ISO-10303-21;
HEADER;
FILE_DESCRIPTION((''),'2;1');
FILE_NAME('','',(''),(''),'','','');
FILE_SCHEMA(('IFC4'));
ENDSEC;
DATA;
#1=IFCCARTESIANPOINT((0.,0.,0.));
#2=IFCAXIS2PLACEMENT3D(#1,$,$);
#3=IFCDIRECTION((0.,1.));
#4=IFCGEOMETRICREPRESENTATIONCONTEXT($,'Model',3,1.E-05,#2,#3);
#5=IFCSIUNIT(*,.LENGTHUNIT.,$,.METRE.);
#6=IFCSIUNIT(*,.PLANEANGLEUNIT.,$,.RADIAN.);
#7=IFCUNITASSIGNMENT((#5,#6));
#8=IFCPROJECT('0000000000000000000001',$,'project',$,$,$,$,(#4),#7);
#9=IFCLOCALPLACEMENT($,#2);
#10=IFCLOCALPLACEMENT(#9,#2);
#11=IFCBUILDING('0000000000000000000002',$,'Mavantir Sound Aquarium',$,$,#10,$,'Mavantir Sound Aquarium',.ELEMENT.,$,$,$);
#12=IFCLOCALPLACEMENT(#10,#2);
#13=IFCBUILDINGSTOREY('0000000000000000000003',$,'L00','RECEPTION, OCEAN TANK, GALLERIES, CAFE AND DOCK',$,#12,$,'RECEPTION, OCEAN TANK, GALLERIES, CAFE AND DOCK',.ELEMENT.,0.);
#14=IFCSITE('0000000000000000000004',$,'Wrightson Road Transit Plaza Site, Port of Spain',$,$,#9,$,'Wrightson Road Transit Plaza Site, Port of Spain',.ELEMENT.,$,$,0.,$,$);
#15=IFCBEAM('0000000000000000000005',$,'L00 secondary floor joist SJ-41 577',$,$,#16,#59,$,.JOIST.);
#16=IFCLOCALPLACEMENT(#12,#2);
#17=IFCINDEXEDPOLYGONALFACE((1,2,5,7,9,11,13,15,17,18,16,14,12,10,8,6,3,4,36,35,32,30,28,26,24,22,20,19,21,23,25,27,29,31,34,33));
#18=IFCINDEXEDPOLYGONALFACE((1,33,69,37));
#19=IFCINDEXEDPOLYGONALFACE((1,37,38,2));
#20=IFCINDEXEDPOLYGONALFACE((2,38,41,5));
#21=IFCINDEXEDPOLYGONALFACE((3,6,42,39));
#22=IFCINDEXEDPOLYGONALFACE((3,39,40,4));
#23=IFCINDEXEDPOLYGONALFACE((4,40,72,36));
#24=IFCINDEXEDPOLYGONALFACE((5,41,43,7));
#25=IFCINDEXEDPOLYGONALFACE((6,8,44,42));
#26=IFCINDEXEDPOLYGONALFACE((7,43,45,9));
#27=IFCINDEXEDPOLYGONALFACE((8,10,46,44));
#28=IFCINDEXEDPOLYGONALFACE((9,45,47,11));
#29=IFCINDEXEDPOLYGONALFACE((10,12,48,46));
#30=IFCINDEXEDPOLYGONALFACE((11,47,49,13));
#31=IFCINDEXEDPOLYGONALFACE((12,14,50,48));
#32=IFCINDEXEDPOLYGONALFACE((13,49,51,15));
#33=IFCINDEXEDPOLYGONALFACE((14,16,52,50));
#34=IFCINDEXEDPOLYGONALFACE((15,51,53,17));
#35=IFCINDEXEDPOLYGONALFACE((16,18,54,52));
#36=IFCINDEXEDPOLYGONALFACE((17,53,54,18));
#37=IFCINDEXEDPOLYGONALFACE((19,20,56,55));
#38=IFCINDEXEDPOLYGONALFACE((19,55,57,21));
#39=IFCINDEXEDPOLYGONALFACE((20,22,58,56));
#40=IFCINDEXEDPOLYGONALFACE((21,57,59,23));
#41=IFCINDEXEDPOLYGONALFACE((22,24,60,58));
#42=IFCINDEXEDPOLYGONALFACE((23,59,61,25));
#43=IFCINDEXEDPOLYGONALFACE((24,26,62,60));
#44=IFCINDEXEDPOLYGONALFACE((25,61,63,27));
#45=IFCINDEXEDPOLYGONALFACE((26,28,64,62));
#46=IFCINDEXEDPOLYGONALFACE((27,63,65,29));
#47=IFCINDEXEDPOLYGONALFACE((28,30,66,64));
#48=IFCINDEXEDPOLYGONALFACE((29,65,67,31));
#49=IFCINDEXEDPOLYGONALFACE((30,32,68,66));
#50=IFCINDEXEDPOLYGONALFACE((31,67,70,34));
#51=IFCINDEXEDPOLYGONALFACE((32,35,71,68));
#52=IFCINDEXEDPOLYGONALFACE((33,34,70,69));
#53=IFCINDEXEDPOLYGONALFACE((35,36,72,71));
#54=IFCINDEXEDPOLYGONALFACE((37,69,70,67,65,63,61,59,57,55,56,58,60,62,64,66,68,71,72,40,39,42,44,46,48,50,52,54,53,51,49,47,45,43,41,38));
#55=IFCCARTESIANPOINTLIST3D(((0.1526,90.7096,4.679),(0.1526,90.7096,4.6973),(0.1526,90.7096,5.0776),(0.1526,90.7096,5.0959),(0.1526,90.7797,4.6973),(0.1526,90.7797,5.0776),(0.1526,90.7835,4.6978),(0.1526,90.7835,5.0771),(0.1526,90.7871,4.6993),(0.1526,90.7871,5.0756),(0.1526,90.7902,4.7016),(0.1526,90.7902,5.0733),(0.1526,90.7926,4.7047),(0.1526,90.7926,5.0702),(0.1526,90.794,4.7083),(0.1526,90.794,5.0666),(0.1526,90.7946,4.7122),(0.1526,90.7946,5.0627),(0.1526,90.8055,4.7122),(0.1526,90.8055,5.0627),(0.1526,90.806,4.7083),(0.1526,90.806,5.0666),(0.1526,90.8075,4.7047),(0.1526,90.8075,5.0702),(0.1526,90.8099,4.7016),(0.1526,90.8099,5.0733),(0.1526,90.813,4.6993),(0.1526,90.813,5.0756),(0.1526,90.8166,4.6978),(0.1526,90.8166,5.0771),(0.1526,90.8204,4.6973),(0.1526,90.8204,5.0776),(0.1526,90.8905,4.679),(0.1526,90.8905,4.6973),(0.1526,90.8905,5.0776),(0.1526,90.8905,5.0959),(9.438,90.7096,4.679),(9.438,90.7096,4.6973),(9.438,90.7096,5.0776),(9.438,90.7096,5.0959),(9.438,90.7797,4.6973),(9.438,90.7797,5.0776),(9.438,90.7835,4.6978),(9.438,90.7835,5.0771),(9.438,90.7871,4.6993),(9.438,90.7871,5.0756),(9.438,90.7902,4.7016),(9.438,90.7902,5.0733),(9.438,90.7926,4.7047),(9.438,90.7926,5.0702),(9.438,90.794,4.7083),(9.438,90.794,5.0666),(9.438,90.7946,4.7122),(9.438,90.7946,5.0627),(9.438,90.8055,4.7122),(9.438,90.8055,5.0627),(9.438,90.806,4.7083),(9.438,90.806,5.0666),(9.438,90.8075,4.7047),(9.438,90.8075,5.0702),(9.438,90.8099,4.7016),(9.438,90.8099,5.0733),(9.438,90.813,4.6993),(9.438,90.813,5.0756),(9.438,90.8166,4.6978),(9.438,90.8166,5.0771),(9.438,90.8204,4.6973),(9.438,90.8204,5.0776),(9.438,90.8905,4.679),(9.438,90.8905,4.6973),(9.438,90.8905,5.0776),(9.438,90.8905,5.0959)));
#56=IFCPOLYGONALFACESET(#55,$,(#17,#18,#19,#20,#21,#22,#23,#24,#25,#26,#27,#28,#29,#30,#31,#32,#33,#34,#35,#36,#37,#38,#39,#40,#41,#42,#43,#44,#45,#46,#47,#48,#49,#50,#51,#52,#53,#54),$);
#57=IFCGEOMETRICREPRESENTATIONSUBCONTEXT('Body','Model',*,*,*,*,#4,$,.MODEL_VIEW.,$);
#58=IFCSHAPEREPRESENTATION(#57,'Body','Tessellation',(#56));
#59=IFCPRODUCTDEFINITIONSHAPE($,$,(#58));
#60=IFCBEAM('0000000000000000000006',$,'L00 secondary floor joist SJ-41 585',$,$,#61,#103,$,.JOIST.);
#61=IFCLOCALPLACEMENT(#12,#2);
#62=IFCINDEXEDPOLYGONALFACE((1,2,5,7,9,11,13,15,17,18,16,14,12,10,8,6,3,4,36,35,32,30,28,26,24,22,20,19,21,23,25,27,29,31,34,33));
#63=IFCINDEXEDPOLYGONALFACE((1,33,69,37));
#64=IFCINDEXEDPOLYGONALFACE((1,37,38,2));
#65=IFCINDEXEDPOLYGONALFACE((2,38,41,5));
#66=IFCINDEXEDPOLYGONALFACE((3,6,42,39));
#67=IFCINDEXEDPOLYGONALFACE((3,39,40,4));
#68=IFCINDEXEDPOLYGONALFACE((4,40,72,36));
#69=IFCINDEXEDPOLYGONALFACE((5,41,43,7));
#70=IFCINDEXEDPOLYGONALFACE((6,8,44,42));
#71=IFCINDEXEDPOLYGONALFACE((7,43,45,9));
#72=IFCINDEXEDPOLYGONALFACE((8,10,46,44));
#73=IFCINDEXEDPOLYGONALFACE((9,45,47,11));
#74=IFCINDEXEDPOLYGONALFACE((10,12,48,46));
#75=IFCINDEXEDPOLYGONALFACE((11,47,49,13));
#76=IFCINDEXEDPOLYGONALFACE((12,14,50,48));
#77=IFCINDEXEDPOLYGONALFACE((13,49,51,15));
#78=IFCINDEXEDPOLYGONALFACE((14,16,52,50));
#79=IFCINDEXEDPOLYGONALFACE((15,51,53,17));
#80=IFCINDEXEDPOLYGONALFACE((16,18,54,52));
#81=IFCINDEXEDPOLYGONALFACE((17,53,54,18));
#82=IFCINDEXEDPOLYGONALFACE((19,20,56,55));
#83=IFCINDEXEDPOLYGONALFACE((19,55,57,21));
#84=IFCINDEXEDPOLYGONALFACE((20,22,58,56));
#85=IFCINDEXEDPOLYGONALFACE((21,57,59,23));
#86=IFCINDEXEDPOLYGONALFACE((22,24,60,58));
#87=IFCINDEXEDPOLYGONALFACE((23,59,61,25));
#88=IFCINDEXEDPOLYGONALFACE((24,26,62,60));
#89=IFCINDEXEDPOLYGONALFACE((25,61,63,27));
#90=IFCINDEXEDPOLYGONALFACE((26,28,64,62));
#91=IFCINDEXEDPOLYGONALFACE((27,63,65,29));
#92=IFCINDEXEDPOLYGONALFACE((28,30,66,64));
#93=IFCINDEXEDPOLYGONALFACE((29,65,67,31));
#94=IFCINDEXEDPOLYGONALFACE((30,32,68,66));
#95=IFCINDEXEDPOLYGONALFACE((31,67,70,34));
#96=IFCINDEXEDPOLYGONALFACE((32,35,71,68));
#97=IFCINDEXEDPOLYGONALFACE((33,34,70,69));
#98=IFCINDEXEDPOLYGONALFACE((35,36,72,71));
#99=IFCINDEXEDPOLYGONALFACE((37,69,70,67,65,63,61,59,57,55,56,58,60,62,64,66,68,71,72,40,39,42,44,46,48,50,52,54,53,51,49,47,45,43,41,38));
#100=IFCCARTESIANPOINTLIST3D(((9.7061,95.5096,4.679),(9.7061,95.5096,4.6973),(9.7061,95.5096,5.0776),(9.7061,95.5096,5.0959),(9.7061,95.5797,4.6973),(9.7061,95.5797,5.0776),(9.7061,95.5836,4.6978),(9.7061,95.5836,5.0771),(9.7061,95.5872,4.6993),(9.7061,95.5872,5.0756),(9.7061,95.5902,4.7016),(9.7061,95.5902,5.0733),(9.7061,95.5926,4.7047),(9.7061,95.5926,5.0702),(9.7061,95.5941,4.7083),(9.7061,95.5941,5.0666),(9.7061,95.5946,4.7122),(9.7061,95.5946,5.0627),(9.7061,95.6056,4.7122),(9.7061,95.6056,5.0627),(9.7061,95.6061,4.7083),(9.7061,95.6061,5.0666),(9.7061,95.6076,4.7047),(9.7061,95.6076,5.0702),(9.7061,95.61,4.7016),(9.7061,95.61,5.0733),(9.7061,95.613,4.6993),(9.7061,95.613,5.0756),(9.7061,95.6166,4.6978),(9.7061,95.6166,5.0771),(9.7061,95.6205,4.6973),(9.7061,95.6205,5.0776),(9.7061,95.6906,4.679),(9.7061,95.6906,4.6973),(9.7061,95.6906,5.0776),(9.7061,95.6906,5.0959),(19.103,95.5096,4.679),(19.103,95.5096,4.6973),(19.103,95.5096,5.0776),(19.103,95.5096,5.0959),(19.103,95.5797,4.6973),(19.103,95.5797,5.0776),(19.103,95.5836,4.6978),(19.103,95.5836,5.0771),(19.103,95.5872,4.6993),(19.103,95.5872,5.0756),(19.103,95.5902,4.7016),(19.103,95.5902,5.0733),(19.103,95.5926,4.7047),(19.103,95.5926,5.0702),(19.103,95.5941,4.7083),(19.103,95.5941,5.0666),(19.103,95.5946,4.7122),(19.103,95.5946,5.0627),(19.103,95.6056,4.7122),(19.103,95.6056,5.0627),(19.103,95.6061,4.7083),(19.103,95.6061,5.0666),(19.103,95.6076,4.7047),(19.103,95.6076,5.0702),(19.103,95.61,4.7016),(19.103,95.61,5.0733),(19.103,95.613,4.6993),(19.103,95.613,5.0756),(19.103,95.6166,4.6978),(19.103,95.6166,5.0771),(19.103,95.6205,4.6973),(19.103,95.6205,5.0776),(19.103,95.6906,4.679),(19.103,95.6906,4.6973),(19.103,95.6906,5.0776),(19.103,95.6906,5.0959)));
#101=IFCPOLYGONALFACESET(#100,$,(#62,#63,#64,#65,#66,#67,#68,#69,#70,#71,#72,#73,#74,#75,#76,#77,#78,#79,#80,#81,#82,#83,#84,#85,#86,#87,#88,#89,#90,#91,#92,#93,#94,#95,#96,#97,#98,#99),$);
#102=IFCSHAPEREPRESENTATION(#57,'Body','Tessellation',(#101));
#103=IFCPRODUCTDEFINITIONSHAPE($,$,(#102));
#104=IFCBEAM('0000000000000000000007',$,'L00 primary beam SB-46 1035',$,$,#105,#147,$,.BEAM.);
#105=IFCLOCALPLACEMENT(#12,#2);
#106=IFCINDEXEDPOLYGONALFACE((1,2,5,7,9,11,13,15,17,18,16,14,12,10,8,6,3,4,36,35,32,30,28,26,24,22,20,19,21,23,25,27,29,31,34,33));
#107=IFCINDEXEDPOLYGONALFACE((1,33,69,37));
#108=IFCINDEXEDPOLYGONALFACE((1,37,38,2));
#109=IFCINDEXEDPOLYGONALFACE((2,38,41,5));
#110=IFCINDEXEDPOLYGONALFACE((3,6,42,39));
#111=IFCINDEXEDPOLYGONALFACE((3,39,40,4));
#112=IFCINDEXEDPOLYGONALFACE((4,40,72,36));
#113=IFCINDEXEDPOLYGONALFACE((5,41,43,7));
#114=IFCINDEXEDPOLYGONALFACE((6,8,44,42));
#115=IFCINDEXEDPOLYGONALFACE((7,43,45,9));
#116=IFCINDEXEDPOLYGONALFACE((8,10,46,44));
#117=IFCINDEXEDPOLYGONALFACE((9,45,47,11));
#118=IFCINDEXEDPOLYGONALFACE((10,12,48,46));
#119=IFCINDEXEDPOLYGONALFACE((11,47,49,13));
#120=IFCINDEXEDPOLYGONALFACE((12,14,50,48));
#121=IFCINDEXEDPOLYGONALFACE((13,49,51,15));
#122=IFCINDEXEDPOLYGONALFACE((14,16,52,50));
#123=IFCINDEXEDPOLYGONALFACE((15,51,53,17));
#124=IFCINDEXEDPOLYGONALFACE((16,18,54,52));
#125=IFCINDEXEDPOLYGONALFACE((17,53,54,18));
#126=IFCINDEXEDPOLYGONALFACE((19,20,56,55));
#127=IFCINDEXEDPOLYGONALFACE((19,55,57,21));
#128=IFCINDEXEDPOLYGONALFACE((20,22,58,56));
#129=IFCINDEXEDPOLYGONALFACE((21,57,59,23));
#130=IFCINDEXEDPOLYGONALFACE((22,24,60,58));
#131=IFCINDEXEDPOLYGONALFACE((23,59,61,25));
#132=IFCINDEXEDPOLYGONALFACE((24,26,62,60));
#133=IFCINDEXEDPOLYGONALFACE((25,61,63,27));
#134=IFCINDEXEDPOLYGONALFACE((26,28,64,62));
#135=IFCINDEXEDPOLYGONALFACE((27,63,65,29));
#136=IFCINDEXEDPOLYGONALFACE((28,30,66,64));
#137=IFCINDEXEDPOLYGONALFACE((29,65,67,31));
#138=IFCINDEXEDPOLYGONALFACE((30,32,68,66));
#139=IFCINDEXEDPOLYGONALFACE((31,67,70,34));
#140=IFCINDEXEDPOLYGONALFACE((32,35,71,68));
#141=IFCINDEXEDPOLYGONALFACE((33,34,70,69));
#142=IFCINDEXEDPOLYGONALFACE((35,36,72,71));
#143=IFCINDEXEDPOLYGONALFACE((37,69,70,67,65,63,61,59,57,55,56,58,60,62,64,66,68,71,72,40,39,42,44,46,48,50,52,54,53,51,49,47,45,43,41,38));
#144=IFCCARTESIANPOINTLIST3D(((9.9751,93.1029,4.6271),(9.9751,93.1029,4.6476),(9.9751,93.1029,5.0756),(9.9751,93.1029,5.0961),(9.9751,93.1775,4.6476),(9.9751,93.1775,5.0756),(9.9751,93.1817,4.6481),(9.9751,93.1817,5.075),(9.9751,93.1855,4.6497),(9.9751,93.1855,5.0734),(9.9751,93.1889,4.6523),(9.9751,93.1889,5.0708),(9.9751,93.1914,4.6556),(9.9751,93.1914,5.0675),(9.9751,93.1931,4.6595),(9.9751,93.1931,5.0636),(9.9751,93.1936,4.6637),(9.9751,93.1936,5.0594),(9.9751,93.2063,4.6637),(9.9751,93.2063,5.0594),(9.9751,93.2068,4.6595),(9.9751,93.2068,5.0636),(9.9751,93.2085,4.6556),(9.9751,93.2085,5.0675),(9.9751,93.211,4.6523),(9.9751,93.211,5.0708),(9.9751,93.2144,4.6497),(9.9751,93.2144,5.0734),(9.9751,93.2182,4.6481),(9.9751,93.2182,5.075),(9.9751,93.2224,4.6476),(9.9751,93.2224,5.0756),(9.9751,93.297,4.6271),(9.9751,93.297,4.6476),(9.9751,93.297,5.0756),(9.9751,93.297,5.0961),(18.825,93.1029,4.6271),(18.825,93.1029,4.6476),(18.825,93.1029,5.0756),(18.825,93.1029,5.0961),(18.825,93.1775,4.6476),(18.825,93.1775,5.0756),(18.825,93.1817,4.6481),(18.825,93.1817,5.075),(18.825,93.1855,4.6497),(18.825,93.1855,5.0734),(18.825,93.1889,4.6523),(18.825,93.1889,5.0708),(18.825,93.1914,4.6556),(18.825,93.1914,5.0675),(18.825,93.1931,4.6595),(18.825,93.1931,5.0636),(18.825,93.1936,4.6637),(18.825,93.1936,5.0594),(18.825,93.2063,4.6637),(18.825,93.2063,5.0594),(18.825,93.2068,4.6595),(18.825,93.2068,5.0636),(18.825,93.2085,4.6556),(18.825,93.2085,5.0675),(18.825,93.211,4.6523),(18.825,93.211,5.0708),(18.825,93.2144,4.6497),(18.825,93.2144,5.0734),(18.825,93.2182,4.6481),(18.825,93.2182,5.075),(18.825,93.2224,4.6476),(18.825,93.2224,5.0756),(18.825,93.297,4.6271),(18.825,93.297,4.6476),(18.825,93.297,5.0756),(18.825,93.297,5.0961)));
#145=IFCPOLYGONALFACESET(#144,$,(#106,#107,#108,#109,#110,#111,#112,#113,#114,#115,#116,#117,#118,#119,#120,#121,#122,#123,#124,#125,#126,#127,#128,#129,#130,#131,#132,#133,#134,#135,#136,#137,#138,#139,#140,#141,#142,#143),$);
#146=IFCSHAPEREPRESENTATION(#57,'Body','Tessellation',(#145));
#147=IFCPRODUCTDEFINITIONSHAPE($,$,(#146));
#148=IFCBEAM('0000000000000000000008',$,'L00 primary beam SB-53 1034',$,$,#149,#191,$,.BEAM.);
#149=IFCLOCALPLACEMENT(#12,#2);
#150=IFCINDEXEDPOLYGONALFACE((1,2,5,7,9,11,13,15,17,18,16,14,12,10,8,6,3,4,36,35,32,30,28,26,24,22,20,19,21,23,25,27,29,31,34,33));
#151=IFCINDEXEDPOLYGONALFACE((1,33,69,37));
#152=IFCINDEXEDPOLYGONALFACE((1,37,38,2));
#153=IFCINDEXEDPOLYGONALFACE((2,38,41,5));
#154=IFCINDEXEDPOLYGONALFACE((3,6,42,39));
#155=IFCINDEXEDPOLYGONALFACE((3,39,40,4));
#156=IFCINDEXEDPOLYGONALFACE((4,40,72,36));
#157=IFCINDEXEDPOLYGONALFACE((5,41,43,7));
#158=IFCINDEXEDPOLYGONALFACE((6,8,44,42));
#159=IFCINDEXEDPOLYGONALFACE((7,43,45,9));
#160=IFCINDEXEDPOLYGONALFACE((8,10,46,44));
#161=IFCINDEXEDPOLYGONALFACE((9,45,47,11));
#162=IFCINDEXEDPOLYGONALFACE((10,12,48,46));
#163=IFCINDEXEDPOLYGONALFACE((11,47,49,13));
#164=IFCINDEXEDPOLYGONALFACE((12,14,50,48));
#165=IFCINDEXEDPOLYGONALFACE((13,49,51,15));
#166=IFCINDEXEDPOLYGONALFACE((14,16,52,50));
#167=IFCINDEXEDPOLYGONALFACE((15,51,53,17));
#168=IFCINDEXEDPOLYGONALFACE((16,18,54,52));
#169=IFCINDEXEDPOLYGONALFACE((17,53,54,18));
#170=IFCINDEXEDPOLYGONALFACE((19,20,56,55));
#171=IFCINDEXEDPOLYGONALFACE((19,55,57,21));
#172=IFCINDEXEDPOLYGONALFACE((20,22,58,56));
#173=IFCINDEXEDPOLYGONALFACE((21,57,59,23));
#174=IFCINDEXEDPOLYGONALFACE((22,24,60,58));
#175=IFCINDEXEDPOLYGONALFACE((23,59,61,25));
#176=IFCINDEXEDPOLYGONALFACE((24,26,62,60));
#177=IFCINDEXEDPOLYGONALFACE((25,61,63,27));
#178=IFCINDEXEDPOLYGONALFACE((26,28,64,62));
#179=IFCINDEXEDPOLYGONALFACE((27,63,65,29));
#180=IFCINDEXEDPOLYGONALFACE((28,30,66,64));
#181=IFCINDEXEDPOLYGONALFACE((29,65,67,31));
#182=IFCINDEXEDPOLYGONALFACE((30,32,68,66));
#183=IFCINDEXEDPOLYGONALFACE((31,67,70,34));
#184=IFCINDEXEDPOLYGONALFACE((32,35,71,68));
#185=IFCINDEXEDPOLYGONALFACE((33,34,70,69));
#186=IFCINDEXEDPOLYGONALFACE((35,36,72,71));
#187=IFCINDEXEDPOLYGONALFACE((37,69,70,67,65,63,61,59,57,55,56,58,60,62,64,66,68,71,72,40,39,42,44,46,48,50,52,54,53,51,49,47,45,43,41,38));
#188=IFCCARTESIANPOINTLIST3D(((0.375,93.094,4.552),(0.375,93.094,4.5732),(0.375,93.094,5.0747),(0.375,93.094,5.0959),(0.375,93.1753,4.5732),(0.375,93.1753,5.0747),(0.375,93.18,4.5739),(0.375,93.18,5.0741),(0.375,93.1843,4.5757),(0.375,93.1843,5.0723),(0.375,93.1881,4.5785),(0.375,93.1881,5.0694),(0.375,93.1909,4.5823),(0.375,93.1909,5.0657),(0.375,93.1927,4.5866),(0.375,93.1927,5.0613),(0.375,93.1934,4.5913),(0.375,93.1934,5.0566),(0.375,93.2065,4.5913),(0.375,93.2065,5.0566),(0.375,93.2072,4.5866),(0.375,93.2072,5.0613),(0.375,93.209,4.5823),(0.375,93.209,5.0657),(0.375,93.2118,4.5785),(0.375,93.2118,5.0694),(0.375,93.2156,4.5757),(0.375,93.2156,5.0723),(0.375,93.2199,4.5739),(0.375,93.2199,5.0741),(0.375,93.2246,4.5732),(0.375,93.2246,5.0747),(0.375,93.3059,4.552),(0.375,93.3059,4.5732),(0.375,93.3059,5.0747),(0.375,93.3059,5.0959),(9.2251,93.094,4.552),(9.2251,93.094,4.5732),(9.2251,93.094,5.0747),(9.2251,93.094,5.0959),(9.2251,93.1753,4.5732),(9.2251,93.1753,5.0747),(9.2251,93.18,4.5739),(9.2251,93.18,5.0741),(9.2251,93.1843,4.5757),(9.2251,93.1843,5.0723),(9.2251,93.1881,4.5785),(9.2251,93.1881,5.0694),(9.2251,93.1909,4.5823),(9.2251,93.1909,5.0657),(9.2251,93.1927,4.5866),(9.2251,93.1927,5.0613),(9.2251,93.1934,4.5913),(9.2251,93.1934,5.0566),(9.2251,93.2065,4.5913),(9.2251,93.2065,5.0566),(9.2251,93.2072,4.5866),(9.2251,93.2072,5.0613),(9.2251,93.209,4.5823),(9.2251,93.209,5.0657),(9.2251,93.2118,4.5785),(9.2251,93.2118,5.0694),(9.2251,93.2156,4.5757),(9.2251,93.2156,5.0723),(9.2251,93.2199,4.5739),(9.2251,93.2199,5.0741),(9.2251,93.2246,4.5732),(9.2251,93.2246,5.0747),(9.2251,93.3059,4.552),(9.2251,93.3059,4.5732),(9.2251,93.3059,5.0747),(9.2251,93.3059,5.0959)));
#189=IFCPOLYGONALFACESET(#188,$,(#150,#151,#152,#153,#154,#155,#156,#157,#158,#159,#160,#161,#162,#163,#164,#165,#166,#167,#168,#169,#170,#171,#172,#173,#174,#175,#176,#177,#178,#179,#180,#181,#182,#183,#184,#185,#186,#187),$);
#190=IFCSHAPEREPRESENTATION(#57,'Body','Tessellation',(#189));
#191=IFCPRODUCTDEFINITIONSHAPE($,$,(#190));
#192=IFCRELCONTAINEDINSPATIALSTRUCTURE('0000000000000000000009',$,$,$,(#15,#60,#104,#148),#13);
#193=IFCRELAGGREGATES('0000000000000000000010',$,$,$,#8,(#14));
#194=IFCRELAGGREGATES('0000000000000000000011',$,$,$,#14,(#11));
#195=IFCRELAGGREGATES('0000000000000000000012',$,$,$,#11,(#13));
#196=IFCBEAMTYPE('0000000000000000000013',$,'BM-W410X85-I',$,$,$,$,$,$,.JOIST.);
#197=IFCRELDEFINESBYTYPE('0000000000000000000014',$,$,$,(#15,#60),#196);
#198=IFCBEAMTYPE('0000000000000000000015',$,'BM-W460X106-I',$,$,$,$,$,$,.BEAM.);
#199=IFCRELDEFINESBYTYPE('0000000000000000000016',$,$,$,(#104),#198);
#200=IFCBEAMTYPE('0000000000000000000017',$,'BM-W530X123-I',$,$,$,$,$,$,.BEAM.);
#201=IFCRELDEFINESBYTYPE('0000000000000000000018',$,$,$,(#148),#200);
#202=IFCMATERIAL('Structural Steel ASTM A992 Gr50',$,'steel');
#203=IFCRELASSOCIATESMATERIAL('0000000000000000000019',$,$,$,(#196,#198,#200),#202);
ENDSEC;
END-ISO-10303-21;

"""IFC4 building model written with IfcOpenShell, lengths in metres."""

from ifc_helpers import new_model, si_unit, direction, frame, origin, origin_2d, place, context, subcontext, project, spatial, i_section, extrude, material, material_profile, profile_set, type_object, element, save


model = new_model("IFC4")

# Units and contexts
model_context = context("Model", 3, precision=1e-05, world=origin(), true_north=direction((0.0, 1.0)))
body_context = subcontext(model_context, "Body", "Model", "MODEL_VIEW")
ifc_project = project(units=[si_unit("LENGTHUNIT", "METRE"), si_unit("PLANEANGLEUNIT", "RADIAN")], contexts=[model_context])

# Site, building, storey
site_placement = place(None, origin())
site = spatial("IfcSite", under=ifc_project, at=site_placement, Name="Wrightson Road Transit Plaza Site, Port of Spain", LongName="Wrightson Road Transit Plaza Site, Port of Spain", CompositionType="ELEMENT", RefElevation=0.0)
building_placement = place(site_placement, origin())
building = spatial("IfcBuilding", under=site, at=building_placement, Name="Mavantir Sound Aquarium", LongName="Mavantir Sound Aquarium", CompositionType="ELEMENT")
storey_placement = place(building_placement, origin())
storey = spatial("IfcBuildingStorey", under=building, at=storey_placement, Name="L00", Description="RECEPTION, OCEAN TANK, GALLERIES, CAFE AND DOCK", LongName="RECEPTION, OCEAN TANK, GALLERIES, CAFE AND DOCK", CompositionType="ELEMENT", Elevation=0.0)

# Beams
ifc_material_1 = material(Name="Structural Steel ASTM A992 Gr50", Category="steel")
ifc_material_profile_1 = material_profile(ifc_material_1, i_section(OverallWidth=0.1809, OverallDepth=0.417, WebThickness=0.011, FlangeThickness=0.0183, FilletRadius=0.0149, at=origin_2d()), Name="W410X85")
ifc_profile_set_1 = profile_set([ifc_material_profile_1], Name="Structural Steel ASTM A992 Gr50")
beam_type_1 = type_object("IfcBeamType", Name="BM-W410X85-I", PredefinedType="JOIST", material=ifc_profile_set_1)
beam_1_placement = place(storey_placement, frame((0.1526, 90.8, 4.8875), z_axis=(1.0, 0.0, 0.0), x_axis=(0.0, 1.0, 0.0)))
element("IfcBeam", 1, at=beam_1_placement, inside=storey, type_object=beam_type_1, Name="L00 secondary floor joist SJ-41 577", PredefinedType="JOIST", context=body_context, shape_type="SweptSolid", body=[
    extrude(i_section(OverallWidth=0.1809, OverallDepth=0.417, WebThickness=0.011, FlangeThickness=0.0183, FilletRadius=0.0149, at=origin_2d()), origin(), (0.0, 0.0, 1.0), 9.2854),
])
beam_2_placement = place(storey_placement, frame((9.7061, 95.6001, 4.8875), z_axis=(1.0, 0.0, 0.0), x_axis=(0.0, 1.0, 0.0)))
element("IfcBeam", 2, at=beam_2_placement, inside=storey, type_object=beam_type_1, Name="L00 secondary floor joist SJ-41 585", PredefinedType="JOIST", context=body_context, shape_type="SweptSolid", body=[
    extrude(i_section(OverallWidth=0.1809, OverallDepth=0.417, WebThickness=0.011, FlangeThickness=0.0183, FilletRadius=0.0149, at=origin_2d()), origin(), (0.0, 0.0, 1.0), 9.397),
])
ifc_material_profile_2 = material_profile(ifc_material_1, i_section(OverallWidth=0.1941, OverallDepth=0.469, WebThickness=0.0127, FlangeThickness=0.0205, FilletRadius=0.0161, at=origin_2d()), Name="W460X106")
ifc_profile_set_2 = profile_set([ifc_material_profile_2], Name="Structural Steel ASTM A992 Gr50")
beam_type_2 = type_object("IfcBeamType", Name="BM-W460X106-I", PredefinedType="BEAM", material=ifc_profile_set_2)
beam_3_placement = place(storey_placement, frame((9.9751, 93.2, 4.8616), z_axis=(1.0, 0.0, 0.0), x_axis=(0.0, 1.0, 0.0)))
element("IfcBeam", 3, at=beam_3_placement, inside=storey, type_object=beam_type_2, Name="L00 primary beam SB-46 1035", PredefinedType="BEAM", context=body_context, shape_type="SweptSolid", body=[
    extrude(i_section(OverallWidth=0.1941, OverallDepth=0.469, WebThickness=0.0127, FlangeThickness=0.0205, FilletRadius=0.0161, at=origin_2d()), origin(), (0.0, 0.0, 1.0), 8.8499),
])
ifc_material_profile_3 = material_profile(ifc_material_1, i_section(OverallWidth=0.2119, OverallDepth=0.5439, WebThickness=0.0132, FlangeThickness=0.0212, FilletRadius=0.0181, at=origin_2d()), Name="W530X123")
ifc_profile_set_3 = profile_set([ifc_material_profile_3], Name="Structural Steel ASTM A992 Gr50")
beam_type_3 = type_object("IfcBeamType", Name="BM-W530X123-I", PredefinedType="BEAM", material=ifc_profile_set_3)
for number, where, z_axis, x_axis, name in (
    (4, (0.375, 93.2, 4.824), (1.0, 0.0, 0.0), (0.0, 1.0, 0.0), "L00 primary beam SB-53 1034"),
):
    element("IfcBeam", number, at=place(storey_placement, frame(where, z_axis=z_axis, x_axis=x_axis)), inside=storey, type_object=beam_type_3, Name=name, PredefinedType="BEAM", context=body_context, shape_type="SweptSolid", body=[
        extrude(i_section(OverallWidth=0.2119, OverallDepth=0.5439, WebThickness=0.0132, FlangeThickness=0.0212, FilletRadius=0.0181, at=origin_2d()), origin(), (0.0, 0.0, 1.0), 8.8501),
    ])

save(model, "model.ifc")
